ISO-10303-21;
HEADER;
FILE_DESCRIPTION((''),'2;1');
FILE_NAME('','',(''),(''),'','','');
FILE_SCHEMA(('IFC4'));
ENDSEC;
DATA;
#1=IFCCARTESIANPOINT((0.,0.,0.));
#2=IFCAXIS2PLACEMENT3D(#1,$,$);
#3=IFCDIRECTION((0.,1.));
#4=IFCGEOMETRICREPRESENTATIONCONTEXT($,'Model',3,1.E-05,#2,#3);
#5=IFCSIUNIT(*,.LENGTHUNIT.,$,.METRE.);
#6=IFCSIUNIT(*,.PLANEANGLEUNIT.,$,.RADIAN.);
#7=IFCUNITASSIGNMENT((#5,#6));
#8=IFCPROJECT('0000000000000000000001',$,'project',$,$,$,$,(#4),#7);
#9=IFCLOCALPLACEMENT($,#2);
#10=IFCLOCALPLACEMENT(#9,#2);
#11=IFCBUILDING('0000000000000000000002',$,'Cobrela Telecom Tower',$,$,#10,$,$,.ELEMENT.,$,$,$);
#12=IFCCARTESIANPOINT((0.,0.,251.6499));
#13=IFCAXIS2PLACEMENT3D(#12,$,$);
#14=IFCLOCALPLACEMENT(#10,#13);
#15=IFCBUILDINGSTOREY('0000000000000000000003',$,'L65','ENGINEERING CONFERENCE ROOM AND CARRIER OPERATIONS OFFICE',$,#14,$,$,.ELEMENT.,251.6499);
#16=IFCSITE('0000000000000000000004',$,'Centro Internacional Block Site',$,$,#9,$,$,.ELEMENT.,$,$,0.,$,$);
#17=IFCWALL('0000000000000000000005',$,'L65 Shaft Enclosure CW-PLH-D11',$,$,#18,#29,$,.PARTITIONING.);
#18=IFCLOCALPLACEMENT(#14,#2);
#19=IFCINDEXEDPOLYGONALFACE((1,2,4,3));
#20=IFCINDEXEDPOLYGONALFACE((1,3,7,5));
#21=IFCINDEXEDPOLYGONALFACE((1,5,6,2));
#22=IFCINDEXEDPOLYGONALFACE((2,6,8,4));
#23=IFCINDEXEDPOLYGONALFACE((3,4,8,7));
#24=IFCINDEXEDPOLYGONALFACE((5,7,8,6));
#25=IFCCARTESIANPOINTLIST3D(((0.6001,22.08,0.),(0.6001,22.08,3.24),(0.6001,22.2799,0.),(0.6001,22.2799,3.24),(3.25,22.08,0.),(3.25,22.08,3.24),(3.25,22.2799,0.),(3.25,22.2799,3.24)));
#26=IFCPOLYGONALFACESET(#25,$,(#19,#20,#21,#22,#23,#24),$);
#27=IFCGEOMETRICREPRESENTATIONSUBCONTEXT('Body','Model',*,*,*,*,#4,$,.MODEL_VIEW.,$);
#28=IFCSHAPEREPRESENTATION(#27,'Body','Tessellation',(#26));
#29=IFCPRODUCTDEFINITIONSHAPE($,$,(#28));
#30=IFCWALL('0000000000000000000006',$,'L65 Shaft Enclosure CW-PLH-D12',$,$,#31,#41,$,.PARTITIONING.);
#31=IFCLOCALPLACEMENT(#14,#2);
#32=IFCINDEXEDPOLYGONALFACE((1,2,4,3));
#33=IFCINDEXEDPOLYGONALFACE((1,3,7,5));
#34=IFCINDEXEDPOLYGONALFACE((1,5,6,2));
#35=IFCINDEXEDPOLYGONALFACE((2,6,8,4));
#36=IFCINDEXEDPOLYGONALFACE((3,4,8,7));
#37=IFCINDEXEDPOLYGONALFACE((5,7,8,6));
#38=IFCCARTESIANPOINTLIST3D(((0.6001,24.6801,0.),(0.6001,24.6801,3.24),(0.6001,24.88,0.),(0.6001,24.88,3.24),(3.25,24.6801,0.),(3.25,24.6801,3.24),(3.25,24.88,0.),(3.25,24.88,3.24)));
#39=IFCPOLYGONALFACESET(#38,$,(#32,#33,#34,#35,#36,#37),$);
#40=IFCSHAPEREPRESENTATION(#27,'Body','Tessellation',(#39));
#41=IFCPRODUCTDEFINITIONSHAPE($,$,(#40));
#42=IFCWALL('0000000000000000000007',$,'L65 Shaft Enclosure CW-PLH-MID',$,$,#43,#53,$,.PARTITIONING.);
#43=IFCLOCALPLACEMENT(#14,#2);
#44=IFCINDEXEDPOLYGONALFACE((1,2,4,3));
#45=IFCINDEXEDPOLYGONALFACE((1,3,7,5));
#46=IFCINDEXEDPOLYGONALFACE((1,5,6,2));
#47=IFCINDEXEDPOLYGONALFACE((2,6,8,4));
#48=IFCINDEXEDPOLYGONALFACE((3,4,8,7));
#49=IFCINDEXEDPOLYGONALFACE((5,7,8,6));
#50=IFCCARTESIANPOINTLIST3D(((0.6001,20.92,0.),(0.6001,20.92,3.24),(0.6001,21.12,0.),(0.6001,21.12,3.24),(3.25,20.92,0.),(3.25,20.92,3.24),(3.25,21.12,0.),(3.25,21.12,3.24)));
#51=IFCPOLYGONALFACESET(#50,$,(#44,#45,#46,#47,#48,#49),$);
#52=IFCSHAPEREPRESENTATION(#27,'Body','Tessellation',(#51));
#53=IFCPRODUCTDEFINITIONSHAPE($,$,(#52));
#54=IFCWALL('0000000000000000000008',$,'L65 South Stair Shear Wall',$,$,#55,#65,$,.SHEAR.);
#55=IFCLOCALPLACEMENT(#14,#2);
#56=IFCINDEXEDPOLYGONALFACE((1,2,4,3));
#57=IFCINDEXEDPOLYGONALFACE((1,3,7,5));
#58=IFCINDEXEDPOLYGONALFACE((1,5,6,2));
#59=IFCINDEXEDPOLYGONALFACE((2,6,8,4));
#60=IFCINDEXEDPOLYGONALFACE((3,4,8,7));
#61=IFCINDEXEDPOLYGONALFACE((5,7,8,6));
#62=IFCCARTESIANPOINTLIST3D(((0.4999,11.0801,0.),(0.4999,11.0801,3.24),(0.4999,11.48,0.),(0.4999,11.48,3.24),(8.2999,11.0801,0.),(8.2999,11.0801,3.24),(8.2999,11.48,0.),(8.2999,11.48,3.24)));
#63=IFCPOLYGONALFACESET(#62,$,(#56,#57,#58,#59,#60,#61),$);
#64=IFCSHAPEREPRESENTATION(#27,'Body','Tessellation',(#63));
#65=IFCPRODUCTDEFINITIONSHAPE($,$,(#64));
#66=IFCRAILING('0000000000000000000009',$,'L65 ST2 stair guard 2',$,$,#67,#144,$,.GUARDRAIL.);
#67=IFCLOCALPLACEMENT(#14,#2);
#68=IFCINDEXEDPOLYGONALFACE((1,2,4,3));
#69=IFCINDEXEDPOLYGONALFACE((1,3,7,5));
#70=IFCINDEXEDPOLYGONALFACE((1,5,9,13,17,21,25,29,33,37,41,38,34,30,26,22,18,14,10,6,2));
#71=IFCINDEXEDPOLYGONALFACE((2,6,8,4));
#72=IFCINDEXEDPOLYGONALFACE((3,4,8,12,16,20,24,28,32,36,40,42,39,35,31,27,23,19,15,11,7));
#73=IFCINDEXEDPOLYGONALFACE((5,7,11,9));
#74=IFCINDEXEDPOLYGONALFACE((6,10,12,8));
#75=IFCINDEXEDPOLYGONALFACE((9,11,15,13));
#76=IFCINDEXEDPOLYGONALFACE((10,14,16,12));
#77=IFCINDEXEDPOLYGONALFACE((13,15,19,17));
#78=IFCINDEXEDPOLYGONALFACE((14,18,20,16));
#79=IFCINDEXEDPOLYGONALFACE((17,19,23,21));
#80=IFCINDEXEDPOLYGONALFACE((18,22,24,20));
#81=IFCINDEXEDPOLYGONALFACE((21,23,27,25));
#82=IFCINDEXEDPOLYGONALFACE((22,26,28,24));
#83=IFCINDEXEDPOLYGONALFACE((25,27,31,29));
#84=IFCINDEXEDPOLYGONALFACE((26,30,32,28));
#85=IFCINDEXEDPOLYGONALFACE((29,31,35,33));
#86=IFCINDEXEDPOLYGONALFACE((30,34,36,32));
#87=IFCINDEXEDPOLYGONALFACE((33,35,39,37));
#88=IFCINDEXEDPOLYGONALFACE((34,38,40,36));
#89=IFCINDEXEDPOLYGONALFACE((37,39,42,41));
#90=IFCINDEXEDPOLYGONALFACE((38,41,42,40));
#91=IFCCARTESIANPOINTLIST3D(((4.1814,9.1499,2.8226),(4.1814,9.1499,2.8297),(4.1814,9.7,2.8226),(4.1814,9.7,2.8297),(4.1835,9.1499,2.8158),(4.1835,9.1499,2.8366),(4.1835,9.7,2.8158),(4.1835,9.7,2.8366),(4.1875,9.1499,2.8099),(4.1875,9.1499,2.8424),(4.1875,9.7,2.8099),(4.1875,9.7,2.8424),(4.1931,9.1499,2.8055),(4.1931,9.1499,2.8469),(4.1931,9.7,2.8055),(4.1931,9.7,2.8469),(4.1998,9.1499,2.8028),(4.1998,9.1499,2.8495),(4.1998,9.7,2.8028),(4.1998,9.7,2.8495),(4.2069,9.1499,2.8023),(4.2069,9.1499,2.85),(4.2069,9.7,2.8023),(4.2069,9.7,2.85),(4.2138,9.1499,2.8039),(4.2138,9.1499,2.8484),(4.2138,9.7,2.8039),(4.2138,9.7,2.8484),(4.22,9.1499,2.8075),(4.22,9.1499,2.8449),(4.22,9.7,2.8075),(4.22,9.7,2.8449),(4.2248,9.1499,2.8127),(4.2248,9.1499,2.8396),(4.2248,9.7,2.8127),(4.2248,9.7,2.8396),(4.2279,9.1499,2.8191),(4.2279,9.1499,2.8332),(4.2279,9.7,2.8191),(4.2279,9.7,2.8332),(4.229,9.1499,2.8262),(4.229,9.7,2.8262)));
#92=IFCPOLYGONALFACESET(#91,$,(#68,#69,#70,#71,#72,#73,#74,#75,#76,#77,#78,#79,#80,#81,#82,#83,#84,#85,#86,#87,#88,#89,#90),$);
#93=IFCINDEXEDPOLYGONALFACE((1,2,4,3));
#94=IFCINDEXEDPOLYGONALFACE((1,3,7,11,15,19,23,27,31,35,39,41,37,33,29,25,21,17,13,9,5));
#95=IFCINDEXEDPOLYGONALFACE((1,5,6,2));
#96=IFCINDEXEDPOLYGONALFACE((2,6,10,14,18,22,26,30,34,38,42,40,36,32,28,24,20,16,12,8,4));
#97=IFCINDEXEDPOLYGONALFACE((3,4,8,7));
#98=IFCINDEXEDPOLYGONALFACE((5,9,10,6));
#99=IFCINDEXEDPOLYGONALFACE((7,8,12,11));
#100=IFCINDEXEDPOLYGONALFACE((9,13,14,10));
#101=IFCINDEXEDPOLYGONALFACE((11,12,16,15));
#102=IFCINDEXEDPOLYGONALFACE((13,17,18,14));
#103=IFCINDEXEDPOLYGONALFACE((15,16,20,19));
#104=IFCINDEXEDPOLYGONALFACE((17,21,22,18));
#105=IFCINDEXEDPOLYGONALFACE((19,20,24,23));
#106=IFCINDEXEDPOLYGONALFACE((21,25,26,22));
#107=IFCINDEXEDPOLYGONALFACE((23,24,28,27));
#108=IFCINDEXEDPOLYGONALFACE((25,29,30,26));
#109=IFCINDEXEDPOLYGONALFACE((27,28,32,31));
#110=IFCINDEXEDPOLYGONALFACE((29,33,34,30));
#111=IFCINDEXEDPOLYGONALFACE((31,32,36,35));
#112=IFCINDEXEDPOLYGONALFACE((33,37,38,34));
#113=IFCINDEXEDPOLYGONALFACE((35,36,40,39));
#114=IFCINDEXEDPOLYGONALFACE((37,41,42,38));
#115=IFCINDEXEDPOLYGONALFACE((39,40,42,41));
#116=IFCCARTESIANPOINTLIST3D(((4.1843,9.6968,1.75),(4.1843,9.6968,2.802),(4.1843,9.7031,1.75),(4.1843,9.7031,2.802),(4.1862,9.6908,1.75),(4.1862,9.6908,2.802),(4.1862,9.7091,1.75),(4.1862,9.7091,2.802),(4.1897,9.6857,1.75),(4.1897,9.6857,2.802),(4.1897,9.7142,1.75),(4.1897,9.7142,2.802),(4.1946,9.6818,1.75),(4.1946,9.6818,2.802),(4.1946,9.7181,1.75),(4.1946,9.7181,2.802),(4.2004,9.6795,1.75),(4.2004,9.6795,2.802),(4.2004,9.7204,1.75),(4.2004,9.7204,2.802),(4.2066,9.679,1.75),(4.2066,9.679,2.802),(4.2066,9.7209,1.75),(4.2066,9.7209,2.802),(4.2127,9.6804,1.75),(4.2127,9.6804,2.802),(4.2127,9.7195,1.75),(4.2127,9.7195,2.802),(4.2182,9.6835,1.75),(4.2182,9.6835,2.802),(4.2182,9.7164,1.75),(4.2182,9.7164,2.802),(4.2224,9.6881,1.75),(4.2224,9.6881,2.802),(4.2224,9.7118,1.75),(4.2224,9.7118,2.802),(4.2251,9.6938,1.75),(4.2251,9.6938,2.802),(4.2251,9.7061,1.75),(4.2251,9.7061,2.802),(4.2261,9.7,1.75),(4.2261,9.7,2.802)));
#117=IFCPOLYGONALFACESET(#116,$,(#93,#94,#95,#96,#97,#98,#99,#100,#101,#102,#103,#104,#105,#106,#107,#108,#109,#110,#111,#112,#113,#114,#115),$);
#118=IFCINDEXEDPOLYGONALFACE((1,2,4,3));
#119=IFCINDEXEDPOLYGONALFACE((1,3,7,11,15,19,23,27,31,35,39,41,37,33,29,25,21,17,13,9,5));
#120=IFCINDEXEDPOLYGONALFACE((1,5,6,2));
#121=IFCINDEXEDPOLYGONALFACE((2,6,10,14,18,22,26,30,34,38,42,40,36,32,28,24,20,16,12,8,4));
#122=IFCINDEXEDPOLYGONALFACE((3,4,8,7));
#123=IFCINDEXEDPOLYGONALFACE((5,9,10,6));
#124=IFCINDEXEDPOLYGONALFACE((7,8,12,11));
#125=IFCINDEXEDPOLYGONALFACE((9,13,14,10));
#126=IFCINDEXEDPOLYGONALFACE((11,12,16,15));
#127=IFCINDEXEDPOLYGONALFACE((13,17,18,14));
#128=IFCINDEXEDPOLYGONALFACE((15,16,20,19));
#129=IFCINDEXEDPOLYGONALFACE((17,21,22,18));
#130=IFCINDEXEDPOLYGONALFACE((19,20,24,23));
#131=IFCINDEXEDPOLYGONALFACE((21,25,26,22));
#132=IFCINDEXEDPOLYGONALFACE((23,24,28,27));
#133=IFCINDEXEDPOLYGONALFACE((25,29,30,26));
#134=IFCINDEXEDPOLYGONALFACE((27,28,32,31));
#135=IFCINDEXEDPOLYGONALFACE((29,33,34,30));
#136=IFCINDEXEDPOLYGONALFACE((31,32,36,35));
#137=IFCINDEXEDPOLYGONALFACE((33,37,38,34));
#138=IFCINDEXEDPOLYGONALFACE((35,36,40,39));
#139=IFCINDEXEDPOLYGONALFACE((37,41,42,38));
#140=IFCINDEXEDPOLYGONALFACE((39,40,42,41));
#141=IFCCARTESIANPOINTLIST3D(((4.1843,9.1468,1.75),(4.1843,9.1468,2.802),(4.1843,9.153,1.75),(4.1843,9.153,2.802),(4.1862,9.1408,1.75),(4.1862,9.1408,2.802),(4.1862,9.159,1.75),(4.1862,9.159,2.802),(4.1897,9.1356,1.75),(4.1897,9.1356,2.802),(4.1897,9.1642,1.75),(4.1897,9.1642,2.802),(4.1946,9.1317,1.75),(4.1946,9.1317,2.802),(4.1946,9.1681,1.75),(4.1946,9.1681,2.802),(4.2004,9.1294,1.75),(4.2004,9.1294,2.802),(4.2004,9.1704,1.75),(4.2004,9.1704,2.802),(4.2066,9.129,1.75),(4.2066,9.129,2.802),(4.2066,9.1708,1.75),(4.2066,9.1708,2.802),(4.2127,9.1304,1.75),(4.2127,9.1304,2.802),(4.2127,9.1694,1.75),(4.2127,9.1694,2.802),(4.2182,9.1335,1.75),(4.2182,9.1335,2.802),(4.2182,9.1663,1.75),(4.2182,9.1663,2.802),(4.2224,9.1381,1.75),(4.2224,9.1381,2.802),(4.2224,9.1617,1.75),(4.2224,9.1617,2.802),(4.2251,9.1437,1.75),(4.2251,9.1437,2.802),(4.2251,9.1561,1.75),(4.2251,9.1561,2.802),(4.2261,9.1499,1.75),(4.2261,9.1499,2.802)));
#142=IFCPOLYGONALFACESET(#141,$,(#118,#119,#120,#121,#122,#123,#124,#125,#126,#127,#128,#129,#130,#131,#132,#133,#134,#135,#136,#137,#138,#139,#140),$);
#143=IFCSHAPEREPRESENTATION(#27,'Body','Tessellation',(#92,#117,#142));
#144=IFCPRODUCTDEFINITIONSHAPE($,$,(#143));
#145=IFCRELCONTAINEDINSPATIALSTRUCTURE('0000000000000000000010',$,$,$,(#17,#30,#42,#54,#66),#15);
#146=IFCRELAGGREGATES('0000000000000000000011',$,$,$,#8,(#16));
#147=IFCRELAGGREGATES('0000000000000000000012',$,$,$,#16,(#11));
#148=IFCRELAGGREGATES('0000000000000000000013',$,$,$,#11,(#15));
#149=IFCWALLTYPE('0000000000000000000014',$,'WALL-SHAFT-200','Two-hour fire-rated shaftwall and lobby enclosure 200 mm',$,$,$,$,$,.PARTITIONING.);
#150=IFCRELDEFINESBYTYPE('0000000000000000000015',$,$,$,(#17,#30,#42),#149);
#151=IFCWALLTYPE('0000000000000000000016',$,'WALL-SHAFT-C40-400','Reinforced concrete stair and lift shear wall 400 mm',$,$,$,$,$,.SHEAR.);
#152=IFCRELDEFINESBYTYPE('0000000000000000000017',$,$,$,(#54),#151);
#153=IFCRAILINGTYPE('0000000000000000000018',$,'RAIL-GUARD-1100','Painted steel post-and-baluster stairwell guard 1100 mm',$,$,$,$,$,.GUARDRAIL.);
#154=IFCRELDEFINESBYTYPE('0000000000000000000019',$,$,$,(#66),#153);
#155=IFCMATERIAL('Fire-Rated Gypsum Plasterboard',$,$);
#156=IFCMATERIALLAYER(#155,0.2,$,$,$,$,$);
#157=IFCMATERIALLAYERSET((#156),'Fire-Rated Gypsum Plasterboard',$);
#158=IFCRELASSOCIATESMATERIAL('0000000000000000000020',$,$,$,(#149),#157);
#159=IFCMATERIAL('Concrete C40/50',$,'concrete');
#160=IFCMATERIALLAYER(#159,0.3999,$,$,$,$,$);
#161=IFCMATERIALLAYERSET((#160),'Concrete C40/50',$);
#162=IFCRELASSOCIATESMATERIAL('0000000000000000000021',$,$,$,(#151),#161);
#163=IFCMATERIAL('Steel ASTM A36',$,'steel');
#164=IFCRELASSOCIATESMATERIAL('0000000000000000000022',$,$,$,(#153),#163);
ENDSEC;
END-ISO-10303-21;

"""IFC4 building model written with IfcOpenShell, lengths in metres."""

from ifc_helpers import new_model, si_unit, direction, frame, frame_2d, origin, origin_2d, place, context, subcontext, project, spatial, rectangle, circle, extrude, material, layer, layer_set, type_object, element, save


model = new_model("IFC4")

# Units and contexts
model_context = context("Model", 3, precision=1e-05, world=origin(), true_north=direction((0.0, 1.0)))
body_context = subcontext(model_context, "Body", "Model", "MODEL_VIEW")
ifc_project = project(units=[si_unit("LENGTHUNIT", "METRE"), si_unit("PLANEANGLEUNIT", "RADIAN")], contexts=[model_context])

# Site, building, storey
site_placement = place(None, origin())
site = spatial("IfcSite", under=ifc_project, at=site_placement, Name="Centro Internacional Block Site", CompositionType="ELEMENT", RefElevation=0.0)
building_placement = place(site_placement, origin())
building = spatial("IfcBuilding", under=site, at=building_placement, Name="Cobrela Telecom Tower", CompositionType="ELEMENT")
storey_placement = place(building_placement, frame((0.0, 0.0, 251.6499)))
storey = spatial("IfcBuildingStorey", under=building, at=storey_placement, Name="L65", Description="ENGINEERING CONFERENCE ROOM AND CARRIER OPERATIONS OFFICE", CompositionType="ELEMENT", Elevation=251.6499)

# Shared definitions
ifc_material_1 = material(Name="Fire-Rated Gypsum Plasterboard")

# Shared definitions
ifc_layer_1 = layer(ifc_material_1, 0.2)
ifc_layer_set_1 = layer_set([ifc_layer_1], Name="Fire-Rated Gypsum Plasterboard")
wall_type_1 = type_object("IfcWallType", Name="WALL-SHAFT-200", Description="Two-hour fire-rated shaftwall and lobby enclosure 200 mm", PredefinedType="PARTITIONING", material=ifc_layer_set_1)
ifc_material_2 = material(Name="Steel ASTM A36", Category="steel")

# Walls
for number, where, z_axis, x_axis, name in (
    (1, (0.6001, 22.1799, 0.0), (0.0, 0.0, 1.0), (1.0, 0.0, 0.0), "L65 Shaft Enclosure CW-PLH-D11"),
    (2, (0.6001, 24.78, 0.0), (0.0, 0.0, 1.0), (1.0, 0.0, 0.0), "L65 Shaft Enclosure CW-PLH-D12"),
    (3, (0.6001, 21.02, 0.0), (0.0, 0.0, 1.0), (1.0, 0.0, 0.0), "L65 Shaft Enclosure CW-PLH-MID"),
):
    element("IfcWall", number, at=place(storey_placement, frame(where, z_axis=z_axis, x_axis=x_axis)), inside=storey, type_object=wall_type_1, Name=name, PredefinedType="PARTITIONING", context=body_context, shape_type="SweptSolid", body=[
        extrude(rectangle(XDim=2.6499, YDim=0.2, at=frame_2d((1.325, 0.0))), origin(), (0.0, 0.0, 1.0), 3.24),
    ])
ifc_material_3 = material(Name="Concrete C40/50", Category="concrete")
ifc_layer_2 = layer(ifc_material_3, 0.3999)
ifc_layer_set_2 = layer_set([ifc_layer_2], Name="Concrete C40/50")
wall_type_2 = type_object("IfcWallType", Name="WALL-SHAFT-C40-400", Description="Reinforced concrete stair and lift shear wall 400 mm", PredefinedType="SHEAR", material=ifc_layer_set_2)
wall_1_placement = place(storey_placement, frame((0.5, 11.28, 0.0), z_axis=(0.0, 0.0, 1.0), x_axis=(1.0, 0.0, 0.0)))
element("IfcWall", 4, at=wall_1_placement, inside=storey, type_object=wall_type_2, Name="L65 South Stair Shear Wall", PredefinedType="SHEAR", context=body_context, shape_type="SweptSolid", body=[
    extrude(rectangle(XDim=7.8, YDim=0.3999, at=frame_2d((3.8999, 0.0))), origin(), (0.0, 0.0, 1.0), 3.24),
])

# Railing
railing_type = type_object("IfcRailingType", Name="RAIL-GUARD-1100", Description="Painted steel post-and-baluster stairwell guard 1100 mm", PredefinedType="GUARDRAIL", material=ifc_material_2)
railing_1_placement = place(storey_placement, frame((4.2051, 9.7, 1.75)))
element("IfcRailing", 5, at=railing_1_placement, inside=storey, type_object=railing_type, Name="L65 ST2 stair guard 2", PredefinedType="GUARDRAIL", context=body_context, shape_type="SweptSolid", body=[
    extrude(circle(Radius=0.0239, at=origin_2d()), frame((0.0, 0.0, 1.0762), z_axis=(0.0, -1.0, 0.0), x_axis=(1.0, 0.0, 0.0)), (0.0, 0.0, 1.0), 0.55),
    extrude(circle(Radius=0.021, at=origin_2d()), origin(), (0.0, 0.0, 1.0), 1.052),
    extrude(circle(Radius=0.021, at=origin_2d()), frame((0.0, -0.55, 0.0)), (0.0, 0.0, 1.0), 1.052),
])

save(model, "model.ifc")
